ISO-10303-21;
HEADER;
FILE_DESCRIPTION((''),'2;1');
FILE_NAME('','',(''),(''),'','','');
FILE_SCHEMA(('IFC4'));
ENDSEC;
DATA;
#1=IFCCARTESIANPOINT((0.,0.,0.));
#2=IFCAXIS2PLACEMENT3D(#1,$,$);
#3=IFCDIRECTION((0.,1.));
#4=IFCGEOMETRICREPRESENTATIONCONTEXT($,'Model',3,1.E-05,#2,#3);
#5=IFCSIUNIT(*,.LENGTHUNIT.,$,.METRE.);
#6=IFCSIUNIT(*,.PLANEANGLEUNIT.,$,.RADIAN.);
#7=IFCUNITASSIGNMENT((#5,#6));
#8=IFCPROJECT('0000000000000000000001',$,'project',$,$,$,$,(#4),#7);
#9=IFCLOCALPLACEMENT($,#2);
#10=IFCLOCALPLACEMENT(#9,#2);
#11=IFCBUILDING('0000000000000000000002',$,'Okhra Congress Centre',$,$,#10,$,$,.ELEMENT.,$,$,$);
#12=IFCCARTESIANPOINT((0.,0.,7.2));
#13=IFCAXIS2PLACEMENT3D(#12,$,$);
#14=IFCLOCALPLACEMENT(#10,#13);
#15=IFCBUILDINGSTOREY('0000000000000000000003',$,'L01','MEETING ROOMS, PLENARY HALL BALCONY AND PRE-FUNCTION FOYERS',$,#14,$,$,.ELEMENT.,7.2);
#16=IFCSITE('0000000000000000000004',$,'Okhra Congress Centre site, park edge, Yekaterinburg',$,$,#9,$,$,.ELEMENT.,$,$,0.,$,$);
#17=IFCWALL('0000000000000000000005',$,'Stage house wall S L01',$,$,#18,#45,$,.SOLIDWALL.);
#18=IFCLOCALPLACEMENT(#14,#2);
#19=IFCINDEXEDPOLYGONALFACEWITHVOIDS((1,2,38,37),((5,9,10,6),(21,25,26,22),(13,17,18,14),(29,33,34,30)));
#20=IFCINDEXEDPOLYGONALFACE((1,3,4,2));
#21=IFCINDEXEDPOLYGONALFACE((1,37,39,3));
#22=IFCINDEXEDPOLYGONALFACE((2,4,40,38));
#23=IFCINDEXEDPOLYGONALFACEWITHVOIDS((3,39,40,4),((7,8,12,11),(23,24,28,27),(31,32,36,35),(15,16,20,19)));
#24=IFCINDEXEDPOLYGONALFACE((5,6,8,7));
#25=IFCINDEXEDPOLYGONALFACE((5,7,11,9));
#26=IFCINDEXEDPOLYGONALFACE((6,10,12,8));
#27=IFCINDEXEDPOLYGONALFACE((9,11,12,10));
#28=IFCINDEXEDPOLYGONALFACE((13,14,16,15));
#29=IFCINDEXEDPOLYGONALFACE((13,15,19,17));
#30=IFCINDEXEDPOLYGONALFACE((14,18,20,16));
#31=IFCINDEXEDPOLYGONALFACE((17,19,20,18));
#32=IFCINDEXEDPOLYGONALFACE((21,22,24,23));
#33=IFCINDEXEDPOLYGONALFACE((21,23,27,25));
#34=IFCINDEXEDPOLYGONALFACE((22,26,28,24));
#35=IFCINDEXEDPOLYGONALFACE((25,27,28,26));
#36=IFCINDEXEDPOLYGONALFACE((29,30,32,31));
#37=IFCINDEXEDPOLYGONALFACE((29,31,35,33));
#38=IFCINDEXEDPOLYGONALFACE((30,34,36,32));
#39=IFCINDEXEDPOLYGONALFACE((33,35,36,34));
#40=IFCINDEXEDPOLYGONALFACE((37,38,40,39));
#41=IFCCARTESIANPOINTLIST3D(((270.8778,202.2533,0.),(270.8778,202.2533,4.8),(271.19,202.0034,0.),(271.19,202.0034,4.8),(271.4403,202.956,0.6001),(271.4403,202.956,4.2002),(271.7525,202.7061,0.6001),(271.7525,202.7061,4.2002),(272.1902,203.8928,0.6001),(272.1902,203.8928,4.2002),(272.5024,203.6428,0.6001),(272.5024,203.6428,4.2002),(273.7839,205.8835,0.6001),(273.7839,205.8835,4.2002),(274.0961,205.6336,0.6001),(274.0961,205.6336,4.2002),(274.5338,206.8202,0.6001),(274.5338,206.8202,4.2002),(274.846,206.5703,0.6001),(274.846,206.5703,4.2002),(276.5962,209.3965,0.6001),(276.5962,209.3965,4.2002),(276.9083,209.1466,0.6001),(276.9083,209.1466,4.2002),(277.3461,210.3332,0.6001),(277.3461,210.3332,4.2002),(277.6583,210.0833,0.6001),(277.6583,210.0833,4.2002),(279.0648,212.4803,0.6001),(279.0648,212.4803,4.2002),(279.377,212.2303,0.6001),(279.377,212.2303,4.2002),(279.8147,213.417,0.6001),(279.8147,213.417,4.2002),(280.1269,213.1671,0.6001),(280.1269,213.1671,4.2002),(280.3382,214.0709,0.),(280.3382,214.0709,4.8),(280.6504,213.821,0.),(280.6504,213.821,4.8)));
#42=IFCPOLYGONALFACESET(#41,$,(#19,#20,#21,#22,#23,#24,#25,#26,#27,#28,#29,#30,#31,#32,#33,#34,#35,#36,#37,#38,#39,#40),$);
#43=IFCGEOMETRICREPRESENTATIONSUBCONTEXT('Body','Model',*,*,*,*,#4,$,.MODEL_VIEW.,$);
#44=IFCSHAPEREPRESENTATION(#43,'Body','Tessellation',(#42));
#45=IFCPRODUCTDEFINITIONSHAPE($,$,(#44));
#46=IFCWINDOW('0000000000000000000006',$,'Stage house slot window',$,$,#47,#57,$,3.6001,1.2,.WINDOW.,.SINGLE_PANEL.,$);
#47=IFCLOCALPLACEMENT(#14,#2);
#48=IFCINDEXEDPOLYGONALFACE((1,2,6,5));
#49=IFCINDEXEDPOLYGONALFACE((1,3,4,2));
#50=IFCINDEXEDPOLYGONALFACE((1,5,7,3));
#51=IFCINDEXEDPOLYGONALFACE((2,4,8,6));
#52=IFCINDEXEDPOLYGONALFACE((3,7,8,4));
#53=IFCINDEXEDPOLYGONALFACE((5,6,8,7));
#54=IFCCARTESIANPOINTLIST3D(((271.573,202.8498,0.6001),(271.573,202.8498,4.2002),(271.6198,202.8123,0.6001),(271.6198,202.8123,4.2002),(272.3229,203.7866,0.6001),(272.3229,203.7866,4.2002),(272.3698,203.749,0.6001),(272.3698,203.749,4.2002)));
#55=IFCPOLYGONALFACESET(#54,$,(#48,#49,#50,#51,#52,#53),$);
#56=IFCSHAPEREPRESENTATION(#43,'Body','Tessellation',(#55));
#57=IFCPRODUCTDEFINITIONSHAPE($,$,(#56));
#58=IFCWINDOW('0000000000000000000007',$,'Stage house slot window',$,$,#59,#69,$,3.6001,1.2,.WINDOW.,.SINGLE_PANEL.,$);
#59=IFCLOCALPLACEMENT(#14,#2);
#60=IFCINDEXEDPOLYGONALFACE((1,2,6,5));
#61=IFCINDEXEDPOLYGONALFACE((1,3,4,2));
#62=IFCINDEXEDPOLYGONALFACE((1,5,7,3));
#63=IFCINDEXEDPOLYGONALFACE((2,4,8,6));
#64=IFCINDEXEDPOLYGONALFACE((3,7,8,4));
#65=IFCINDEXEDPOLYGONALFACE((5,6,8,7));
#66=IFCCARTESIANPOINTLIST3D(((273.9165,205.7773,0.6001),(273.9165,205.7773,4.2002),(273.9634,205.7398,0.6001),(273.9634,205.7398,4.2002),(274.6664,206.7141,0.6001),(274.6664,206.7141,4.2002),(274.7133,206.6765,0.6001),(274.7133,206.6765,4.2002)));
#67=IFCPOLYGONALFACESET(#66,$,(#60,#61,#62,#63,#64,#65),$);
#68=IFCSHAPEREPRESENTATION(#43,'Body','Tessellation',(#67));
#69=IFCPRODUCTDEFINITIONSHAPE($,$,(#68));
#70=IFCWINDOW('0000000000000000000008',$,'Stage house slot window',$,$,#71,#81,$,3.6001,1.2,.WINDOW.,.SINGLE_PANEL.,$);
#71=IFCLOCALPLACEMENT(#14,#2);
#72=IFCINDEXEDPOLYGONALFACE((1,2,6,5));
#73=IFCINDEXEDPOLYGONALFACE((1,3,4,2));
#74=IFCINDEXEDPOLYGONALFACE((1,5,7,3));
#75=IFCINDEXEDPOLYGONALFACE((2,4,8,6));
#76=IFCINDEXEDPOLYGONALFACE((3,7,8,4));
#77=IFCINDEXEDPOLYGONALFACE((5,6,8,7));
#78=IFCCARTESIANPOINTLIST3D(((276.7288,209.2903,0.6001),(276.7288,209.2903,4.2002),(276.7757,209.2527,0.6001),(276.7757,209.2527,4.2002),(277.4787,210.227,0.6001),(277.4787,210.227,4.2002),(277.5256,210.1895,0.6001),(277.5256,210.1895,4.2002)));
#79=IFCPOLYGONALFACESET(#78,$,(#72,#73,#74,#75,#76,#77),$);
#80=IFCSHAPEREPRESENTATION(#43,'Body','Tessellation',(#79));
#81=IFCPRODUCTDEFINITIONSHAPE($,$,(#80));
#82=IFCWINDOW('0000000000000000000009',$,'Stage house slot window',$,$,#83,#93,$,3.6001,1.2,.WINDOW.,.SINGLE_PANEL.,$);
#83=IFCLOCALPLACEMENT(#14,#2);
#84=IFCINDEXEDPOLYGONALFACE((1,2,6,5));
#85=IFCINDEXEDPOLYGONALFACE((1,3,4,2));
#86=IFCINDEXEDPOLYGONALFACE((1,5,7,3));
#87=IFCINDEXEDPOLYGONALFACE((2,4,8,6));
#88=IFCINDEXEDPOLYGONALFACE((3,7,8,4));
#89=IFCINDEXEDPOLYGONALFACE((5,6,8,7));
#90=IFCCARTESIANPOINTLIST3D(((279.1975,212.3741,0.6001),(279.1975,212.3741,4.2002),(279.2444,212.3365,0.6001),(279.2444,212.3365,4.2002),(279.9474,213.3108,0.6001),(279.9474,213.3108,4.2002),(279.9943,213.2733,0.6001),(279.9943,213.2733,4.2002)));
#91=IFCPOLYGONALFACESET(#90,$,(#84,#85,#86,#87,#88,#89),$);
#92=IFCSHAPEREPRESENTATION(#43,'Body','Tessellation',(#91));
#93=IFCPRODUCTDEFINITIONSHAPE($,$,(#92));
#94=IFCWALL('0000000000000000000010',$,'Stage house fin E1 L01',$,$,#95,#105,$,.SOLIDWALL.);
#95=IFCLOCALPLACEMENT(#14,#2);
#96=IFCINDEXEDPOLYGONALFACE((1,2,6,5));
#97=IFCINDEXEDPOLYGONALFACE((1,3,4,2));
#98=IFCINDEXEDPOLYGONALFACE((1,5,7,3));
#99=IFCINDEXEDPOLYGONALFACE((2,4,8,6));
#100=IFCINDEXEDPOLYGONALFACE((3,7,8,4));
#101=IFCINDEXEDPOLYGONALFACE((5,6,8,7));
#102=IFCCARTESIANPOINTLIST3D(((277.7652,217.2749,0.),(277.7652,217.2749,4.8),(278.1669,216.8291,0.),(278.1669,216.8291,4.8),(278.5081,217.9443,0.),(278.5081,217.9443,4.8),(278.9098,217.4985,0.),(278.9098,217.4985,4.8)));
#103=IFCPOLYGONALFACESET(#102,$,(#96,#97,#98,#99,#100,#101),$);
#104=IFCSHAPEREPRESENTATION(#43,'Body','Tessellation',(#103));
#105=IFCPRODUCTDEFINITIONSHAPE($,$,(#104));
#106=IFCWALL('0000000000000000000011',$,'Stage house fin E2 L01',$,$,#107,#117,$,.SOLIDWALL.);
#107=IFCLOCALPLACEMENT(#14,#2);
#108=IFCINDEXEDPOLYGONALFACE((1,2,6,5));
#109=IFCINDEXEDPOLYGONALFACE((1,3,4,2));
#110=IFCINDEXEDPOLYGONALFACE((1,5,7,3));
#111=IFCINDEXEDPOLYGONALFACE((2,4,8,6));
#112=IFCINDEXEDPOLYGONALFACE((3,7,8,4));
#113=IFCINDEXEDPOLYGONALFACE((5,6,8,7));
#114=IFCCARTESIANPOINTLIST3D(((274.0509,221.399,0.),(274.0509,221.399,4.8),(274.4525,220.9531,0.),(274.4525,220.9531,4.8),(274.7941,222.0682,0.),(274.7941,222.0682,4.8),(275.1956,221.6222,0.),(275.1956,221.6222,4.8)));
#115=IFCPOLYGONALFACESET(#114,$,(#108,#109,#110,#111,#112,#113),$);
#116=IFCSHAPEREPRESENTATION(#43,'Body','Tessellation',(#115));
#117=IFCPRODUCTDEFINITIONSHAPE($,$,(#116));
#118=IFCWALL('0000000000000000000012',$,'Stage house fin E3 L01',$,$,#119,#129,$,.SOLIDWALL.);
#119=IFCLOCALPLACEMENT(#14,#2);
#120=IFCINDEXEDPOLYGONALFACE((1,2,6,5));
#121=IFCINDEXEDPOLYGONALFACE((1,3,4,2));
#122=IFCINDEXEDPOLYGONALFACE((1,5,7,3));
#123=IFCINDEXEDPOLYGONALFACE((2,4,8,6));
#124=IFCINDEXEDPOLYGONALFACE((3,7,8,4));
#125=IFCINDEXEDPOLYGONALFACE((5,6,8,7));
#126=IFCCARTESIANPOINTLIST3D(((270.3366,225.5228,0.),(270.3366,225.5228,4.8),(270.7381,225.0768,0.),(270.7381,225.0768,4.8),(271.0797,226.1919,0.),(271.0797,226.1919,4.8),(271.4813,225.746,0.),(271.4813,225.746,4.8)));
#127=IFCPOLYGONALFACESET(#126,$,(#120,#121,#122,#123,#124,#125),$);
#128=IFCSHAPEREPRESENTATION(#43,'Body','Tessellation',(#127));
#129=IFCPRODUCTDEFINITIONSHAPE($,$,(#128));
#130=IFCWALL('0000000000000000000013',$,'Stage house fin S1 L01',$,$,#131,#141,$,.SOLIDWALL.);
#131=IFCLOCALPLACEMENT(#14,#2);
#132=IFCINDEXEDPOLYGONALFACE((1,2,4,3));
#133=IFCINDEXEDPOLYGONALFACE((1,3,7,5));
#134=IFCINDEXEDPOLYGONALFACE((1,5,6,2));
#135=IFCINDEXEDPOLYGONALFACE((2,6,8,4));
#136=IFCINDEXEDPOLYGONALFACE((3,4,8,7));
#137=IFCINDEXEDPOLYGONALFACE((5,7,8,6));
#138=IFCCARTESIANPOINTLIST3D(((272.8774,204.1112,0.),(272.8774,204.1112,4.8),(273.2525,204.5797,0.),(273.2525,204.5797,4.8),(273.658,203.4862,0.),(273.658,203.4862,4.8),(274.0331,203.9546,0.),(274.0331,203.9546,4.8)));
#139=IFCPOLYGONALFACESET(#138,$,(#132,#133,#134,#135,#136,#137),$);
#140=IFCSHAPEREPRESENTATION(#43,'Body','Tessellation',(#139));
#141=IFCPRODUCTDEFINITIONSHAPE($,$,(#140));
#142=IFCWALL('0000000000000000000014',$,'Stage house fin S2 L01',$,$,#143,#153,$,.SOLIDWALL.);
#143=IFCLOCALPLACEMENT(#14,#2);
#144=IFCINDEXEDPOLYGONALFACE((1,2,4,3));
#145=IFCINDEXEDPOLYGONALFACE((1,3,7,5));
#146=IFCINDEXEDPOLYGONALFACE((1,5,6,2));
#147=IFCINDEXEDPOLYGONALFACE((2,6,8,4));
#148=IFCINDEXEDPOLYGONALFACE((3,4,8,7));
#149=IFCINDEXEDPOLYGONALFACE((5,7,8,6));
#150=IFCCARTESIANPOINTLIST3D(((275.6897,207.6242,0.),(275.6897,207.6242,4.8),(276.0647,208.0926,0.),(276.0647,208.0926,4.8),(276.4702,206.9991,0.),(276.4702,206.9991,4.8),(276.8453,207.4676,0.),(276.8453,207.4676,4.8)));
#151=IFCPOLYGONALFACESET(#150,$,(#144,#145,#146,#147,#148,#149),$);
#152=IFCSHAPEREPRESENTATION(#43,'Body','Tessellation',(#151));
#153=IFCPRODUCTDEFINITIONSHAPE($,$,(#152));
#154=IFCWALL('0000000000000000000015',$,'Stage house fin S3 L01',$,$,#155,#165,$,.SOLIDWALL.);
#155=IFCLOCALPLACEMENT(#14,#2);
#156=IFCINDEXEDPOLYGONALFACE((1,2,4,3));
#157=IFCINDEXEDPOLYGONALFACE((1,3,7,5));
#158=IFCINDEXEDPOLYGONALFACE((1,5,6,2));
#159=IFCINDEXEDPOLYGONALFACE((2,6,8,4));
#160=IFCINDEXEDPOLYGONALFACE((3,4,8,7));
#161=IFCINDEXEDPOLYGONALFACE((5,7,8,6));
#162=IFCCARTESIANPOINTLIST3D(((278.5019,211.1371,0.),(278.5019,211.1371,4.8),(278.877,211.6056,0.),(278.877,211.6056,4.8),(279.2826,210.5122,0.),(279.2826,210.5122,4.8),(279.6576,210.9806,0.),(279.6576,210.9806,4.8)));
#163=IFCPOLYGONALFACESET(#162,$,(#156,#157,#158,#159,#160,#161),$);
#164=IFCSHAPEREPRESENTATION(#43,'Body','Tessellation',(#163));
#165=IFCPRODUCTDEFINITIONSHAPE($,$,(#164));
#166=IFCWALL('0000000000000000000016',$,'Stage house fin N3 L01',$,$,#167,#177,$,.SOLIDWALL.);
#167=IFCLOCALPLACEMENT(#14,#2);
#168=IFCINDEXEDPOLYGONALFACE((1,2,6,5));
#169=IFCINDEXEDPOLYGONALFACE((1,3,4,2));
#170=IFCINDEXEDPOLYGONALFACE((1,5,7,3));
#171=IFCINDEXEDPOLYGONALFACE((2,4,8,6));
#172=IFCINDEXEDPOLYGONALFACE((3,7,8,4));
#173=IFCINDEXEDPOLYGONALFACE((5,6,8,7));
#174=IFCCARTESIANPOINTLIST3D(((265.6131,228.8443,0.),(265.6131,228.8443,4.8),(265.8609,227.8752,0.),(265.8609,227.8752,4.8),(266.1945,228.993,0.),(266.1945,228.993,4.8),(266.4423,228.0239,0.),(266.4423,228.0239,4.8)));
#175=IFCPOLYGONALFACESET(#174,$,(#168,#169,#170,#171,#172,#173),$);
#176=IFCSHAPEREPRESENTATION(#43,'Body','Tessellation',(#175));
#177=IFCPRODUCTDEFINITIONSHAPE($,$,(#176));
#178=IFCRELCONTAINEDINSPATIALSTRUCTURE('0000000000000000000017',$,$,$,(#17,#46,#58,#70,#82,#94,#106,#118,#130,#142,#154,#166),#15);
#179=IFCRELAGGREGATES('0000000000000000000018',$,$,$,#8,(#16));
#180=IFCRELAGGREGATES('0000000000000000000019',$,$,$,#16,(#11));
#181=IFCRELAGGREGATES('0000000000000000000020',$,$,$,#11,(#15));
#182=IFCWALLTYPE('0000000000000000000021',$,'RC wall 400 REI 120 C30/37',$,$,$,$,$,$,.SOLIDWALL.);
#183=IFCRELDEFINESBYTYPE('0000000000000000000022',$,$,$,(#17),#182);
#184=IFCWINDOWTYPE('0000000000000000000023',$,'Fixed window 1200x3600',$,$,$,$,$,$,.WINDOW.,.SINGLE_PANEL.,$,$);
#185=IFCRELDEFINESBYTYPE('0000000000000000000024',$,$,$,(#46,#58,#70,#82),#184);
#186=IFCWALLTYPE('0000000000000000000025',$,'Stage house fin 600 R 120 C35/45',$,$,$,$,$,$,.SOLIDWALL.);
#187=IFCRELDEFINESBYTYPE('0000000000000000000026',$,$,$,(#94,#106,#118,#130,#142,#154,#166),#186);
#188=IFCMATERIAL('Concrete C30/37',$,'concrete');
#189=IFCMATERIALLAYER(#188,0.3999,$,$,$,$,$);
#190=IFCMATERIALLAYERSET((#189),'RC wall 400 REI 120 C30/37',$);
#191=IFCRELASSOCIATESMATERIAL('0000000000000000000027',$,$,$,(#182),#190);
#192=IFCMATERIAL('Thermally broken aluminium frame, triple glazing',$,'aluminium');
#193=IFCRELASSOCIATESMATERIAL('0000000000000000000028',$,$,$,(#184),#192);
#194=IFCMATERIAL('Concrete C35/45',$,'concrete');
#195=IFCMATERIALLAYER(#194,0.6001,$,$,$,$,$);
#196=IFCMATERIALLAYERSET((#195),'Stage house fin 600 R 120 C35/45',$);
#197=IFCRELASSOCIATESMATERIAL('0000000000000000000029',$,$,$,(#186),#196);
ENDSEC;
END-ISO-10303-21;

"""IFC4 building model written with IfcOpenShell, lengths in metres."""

from ifc_helpers import new_model, si_unit, direction, frame, frame_2d, origin, place, context, subcontext, project, spatial, rectangle, extrude, material, layer, layer_set, type_object, element, fill, save


model = new_model("IFC4")

# Units and contexts
model_context = context("Model", 3, precision=1e-05, world=origin(), true_north=direction((0.0, 1.0)))
body_context = subcontext(model_context, "Body", "Model", "MODEL_VIEW")
ifc_project = project(units=[si_unit("LENGTHUNIT", "METRE"), si_unit("PLANEANGLEUNIT", "RADIAN")], contexts=[model_context])

# Site, building, storey
site_placement = place(None, origin())
site = spatial("IfcSite", under=ifc_project, at=site_placement, Name="Okhra Congress Centre site, park edge, Yekaterinburg", CompositionType="ELEMENT", RefElevation=0.0)
building_placement = place(site_placement, origin())
building = spatial("IfcBuilding", under=site, at=building_placement, Name="Okhra Congress Centre", CompositionType="ELEMENT")
storey_placement = place(building_placement, frame((0.0, 0.0, 7.2)))
storey = spatial("IfcBuildingStorey", under=building, at=storey_placement, Name="L01", Description="MEETING ROOMS, PLENARY HALL BALCONY AND PRE-FUNCTION FOYERS", CompositionType="ELEMENT", Elevation=7.2)

# Shared definitions
ifc_material_1 = material(Name="Concrete C30/37", Category="concrete")
ifc_layer_1 = layer(ifc_material_1, 0.3999)
ifc_layer_set_1 = layer_set([ifc_layer_1], Name="RC wall 400 REI 120 C30/37")
wall_type_1 = type_object("IfcWallType", Name="RC wall 400 REI 120 C30/37", PredefinedType="SOLIDWALL", material=ifc_layer_set_1)

# Wall, openings, windows
ifc_material_2 = material(Name="Thermally broken aluminium frame, triple glazing", Category="aluminium")
window_type = type_object("IfcWindowType", Name="Fixed window 1200x3600", PartitioningType="SINGLE_PANEL", PredefinedType="WINDOW", material=ifc_material_2)
wall_1_placement = place(storey_placement, frame((271.0339, 202.1284, 0.0), z_axis=(0.0, 0.0, 1.0), x_axis=(0.624951, 0.780664, 0.0)))
wall_1 = element("IfcWall", 1, at=wall_1_placement, inside=storey, type_object=wall_type_1, Name="Stage house wall S L01", PredefinedType="SOLIDWALL", context=body_context, shape_type="SweptSolid", body=[
    extrude(rectangle(XDim=15.1379, YDim=0.3999, at=frame_2d((7.5688, 0.0))), origin(), (0.0, 0.0, 1.0), 4.8),
])
opening_1_placement = place(wall_1_placement, frame((0.8999, 0.0, 0.6001)))
opening_1 = element("IfcOpeningElement", 2, at=opening_1_placement, cuts=wall_1, PredefinedType="OPENING", context=body_context, shape_type="SweptSolid", body=[
    extrude(rectangle(XDim=1.2, YDim=3.6001, at=frame_2d((0.6001, 1.8))), frame((0.0, 0.21, 0.0), z_axis=(0.0, -1.0, 0.0), x_axis=(1.0, 0.0, 0.0)), (0.0, 0.0, 1.0), 0.4199),
])
opening_2_placement = place(wall_1_placement, frame((4.6499, 0.0, 0.6001)))
opening_2 = element("IfcOpeningElement", 3, at=opening_2_placement, cuts=wall_1, PredefinedType="OPENING", context=body_context, shape_type="SweptSolid", body=[
    extrude(rectangle(XDim=1.2, YDim=3.6001, at=frame_2d((0.6001, 1.8))), frame((0.0, 0.21, 0.0), z_axis=(0.0, -1.0, 0.0), x_axis=(1.0, 0.0, 0.0)), (0.0, 0.0, 1.0), 0.4199),
])
opening_3_placement = place(wall_1_placement, frame((9.1499, 0.0, 0.6001)))
opening_3 = element("IfcOpeningElement", 4, at=opening_3_placement, cuts=wall_1, PredefinedType="OPENING", context=body_context, shape_type="SweptSolid", body=[
    extrude(rectangle(XDim=1.2, YDim=3.6001, at=frame_2d((0.6001, 1.8))), frame((0.0, 0.21, 0.0), z_axis=(0.0, -1.0, 0.0), x_axis=(1.0, 0.0, 0.0)), (0.0, 0.0, 1.0), 0.4199),
])
opening_4_placement = place(wall_1_placement, frame((13.1001, 0.0, 0.6001)))
opening_4 = element("IfcOpeningElement", 5, at=opening_4_placement, cuts=wall_1, PredefinedType="OPENING", context=body_context, shape_type="SweptSolid", body=[
    extrude(rectangle(XDim=1.2, YDim=3.6001, at=frame_2d((0.6001, 1.8))), frame((0.0, 0.21, 0.0), z_axis=(0.0, -1.0, 0.0), x_axis=(1.0, 0.0, 0.0)), (0.0, 0.0, 1.0), 0.4199),
])
window_1_placement = place(opening_1_placement, origin())
window_1 = element("IfcWindow", 6, at=window_1_placement, inside=storey, type_object=window_type, Name="Stage house slot window", OverallHeight=3.6001, OverallWidth=1.2, PartitioningType="SINGLE_PANEL", PredefinedType="WINDOW", context=body_context, shape_type="SweptSolid", body=[
    extrude(rectangle(XDim=1.2, YDim=3.6001, at=frame_2d((0.6001, 1.8))), frame((0.0, 0.03, 0.0), z_axis=(0.0, -1.0, 0.0), x_axis=(1.0, 0.0, 0.0)), (0.0, 0.0, 1.0), 0.0601),
])
fill(opening_1, window_1)
window_2_placement = place(opening_2_placement, origin())
window_2 = element("IfcWindow", 7, at=window_2_placement, inside=storey, type_object=window_type, Name="Stage house slot window", OverallHeight=3.6001, OverallWidth=1.2, PartitioningType="SINGLE_PANEL", PredefinedType="WINDOW", context=body_context, shape_type="SweptSolid", body=[
    extrude(rectangle(XDim=1.2, YDim=3.6001, at=frame_2d((0.6001, 1.8))), frame((0.0, 0.03, 0.0), z_axis=(0.0, -1.0, 0.0), x_axis=(1.0, 0.0, 0.0)), (0.0, 0.0, 1.0), 0.0601),
])
fill(opening_2, window_2)
window_3_placement = place(opening_3_placement, origin())
window_3 = element("IfcWindow", 8, at=window_3_placement, inside=storey, type_object=window_type, Name="Stage house slot window", OverallHeight=3.6001, OverallWidth=1.2, PartitioningType="SINGLE_PANEL", PredefinedType="WINDOW", context=body_context, shape_type="SweptSolid", body=[
    extrude(rectangle(XDim=1.2, YDim=3.6001, at=frame_2d((0.6001, 1.8))), frame((0.0, 0.03, 0.0), z_axis=(0.0, -1.0, 0.0), x_axis=(1.0, 0.0, 0.0)), (0.0, 0.0, 1.0), 0.0601),
])
fill(opening_3, window_3)
window_4_placement = place(opening_4_placement, origin())
window_4 = element("IfcWindow", 9, at=window_4_placement, inside=storey, type_object=window_type, Name="Stage house slot window", OverallHeight=3.6001, OverallWidth=1.2, PartitioningType="SINGLE_PANEL", PredefinedType="WINDOW", context=body_context, shape_type="SweptSolid", body=[
    extrude(rectangle(XDim=1.2, YDim=3.6001, at=frame_2d((0.6001, 1.8))), frame((0.0, 0.03, 0.0), z_axis=(0.0, -1.0, 0.0), x_axis=(1.0, 0.0, 0.0)), (0.0, 0.0, 1.0), 0.0601),
])
fill(opening_4, window_4)

# Walls
ifc_material_3 = material(Name="Concrete C35/45", Category="concrete")
ifc_layer_2 = layer(ifc_material_3, 0.6001)
ifc_layer_set_2 = layer_set([ifc_layer_2], Name="Stage house fin 600 R 120 C35/45")
wall_type_2 = type_object("IfcWallType", Name="Stage house fin 600 R 120 C35/45", PredefinedType="SOLIDWALL", material=ifc_layer_set_2)
for number, where, z_axis, x_axis, name in (
    (10, (277.9661, 217.052, 0.0), (0.0, 0.0, 1.0), (0.742893, 0.66941, 0.0), "Stage house fin E1 L01"),
    (11, (274.2517, 221.176, 0.0), (0.0, 0.0, 1.0), (0.743124, 0.669154, 0.0), "Stage house fin E2 L01"),
    (12, (270.5374, 225.2998, 0.0), (0.0, 0.0, 1.0), (0.743124, 0.669154, 0.0), "Stage house fin E3 L01"),
    (13, (273.0649, 204.3455, 0.0), (0.0, 0.0, 1.0), (0.780583, -0.625052, 0.0), "Stage house fin S1 L01"),
    (14, (275.8772, 207.8584, 0.0), (0.0, 0.0, 1.0), (0.780583, -0.625052, 0.0), "Stage house fin S2 L01"),
    (15, (278.6895, 211.3713, 0.0), (0.0, 0.0, 1.0), (0.780678, -0.624933, 0.0), "Stage house fin S3 L01"),
):
    element("IfcWall", number, at=place(storey_placement, frame(where, z_axis=z_axis, x_axis=x_axis)), inside=storey, type_object=wall_type_2, Name=name, PredefinedType="SOLIDWALL", context=body_context, shape_type="SweptSolid", body=[
        extrude(rectangle(XDim=1.0, YDim=0.6001, at=frame_2d((0.5, 0.0))), origin(), (0.0, 0.0, 1.0), 4.8),
    ])
wall_2_placement = place(storey_placement, frame((266.1516, 227.9497, 0.0), z_axis=(0.0, 0.0, 1.0), x_axis=(-0.247759, 0.968822, 0.0)))
element("IfcWall", 16, at=wall_2_placement, inside=storey, type_object=wall_type_2, Name="Stage house fin N3 L01", PredefinedType="SOLIDWALL", context=body_context, shape_type="SweptSolid", body=[
    extrude(rectangle(XDim=1.0002, YDim=0.6001, at=frame_2d((0.5, 0.0))), origin(), (0.0, 0.0, 1.0), 4.8),
])

save(model, "model.ifc")
